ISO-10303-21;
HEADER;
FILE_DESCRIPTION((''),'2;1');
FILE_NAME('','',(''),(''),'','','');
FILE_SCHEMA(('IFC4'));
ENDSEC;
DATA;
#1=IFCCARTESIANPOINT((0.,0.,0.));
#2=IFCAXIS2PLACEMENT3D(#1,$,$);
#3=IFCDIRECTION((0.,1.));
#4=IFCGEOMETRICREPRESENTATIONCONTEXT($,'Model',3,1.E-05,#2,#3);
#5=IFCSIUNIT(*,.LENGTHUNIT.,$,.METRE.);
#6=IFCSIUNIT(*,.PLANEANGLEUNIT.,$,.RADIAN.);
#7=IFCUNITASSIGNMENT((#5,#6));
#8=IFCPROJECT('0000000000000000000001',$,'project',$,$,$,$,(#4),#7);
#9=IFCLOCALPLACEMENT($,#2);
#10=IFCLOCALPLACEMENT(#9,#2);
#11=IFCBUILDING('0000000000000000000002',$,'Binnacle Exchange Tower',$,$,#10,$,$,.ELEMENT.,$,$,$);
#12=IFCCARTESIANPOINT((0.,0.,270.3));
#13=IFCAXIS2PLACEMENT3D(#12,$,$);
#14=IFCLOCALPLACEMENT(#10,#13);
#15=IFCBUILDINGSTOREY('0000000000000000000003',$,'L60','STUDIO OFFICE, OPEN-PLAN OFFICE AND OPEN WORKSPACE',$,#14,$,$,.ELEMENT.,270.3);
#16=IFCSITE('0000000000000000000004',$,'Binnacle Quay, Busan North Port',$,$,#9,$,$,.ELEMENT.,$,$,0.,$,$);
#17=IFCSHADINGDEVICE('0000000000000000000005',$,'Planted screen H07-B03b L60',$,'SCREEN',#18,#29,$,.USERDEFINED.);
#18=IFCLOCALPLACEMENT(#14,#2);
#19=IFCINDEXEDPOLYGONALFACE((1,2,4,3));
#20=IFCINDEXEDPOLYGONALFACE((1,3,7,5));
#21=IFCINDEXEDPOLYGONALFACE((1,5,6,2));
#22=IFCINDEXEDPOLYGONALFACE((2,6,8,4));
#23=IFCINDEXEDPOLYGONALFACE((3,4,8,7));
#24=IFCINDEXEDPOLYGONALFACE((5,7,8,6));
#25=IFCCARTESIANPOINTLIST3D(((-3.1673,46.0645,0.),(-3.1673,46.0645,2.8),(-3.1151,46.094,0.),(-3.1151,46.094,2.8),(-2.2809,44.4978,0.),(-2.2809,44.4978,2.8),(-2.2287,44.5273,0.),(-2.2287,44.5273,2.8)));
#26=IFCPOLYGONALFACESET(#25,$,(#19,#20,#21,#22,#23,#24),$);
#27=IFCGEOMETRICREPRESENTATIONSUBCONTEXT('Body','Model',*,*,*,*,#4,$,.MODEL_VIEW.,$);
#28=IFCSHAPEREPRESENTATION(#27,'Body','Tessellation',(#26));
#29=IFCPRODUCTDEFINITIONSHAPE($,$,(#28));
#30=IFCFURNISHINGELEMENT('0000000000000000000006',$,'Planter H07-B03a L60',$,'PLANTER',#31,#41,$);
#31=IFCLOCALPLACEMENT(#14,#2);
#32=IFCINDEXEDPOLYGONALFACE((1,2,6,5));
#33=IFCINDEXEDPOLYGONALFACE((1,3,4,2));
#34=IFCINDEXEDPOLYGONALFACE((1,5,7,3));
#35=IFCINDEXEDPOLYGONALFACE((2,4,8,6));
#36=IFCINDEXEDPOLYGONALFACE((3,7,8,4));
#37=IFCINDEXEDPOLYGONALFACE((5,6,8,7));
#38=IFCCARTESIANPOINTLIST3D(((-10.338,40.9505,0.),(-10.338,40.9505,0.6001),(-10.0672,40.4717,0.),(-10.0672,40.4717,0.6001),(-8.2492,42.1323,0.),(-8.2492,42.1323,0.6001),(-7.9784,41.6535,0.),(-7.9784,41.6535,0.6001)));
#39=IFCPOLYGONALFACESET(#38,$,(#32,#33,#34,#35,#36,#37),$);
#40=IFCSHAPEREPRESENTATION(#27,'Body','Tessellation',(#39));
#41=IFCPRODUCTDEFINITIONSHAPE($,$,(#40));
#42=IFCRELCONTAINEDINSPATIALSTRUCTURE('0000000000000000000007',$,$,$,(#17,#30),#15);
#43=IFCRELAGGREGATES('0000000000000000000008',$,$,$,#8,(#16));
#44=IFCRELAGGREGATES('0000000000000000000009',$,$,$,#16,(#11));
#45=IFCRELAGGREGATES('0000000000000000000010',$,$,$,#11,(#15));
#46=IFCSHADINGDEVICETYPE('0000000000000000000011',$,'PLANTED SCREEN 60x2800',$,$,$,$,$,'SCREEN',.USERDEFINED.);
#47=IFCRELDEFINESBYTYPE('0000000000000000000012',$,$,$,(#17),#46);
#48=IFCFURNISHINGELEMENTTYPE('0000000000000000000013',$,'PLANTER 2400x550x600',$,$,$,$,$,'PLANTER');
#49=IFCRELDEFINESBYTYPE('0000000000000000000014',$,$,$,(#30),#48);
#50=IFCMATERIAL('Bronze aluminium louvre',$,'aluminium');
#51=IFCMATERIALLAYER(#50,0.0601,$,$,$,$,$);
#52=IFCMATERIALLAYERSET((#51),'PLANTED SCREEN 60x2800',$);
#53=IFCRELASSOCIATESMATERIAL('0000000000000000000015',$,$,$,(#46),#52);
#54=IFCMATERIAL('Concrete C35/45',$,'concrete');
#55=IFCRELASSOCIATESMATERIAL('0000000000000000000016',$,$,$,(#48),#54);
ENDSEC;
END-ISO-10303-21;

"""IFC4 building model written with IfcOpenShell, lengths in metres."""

from ifc_helpers import new_model, si_unit, direction, frame, origin, origin_2d, place, context, subcontext, project, spatial, rectangle, extrude, material, layer, layer_set, type_object, element, save


model = new_model("IFC4")

# Units and contexts
model_context = context("Model", 3, precision=1e-05, world=origin(), true_north=direction((0.0, 1.0)))
body_context = subcontext(model_context, "Body", "Model", "MODEL_VIEW")
ifc_project = project(units=[si_unit("LENGTHUNIT", "METRE"), si_unit("PLANEANGLEUNIT", "RADIAN")], contexts=[model_context])

# Site, building, storey
site_placement = place(None, origin())
site = spatial("IfcSite", under=ifc_project, at=site_placement, Name="Binnacle Quay, Busan North Port", CompositionType="ELEMENT", RefElevation=0.0)
building_placement = place(site_placement, origin())
building = spatial("IfcBuilding", under=site, at=building_placement, Name="Binnacle Exchange Tower", CompositionType="ELEMENT")
storey_placement = place(building_placement, frame((0.0, 0.0, 270.3)))
storey = spatial("IfcBuildingStorey", under=building, at=storey_placement, Name="L60", Description="STUDIO OFFICE, OPEN-PLAN OFFICE AND OPEN WORKSPACE", CompositionType="ELEMENT", Elevation=270.3)

# Shading device
ifc_material_1 = material(Name="Bronze aluminium louvre", Category="aluminium")
ifc_layer_1 = layer(ifc_material_1, 0.0601)
ifc_layer_set_1 = layer_set([ifc_layer_1], Name="PLANTED SCREEN 60x2800")
shading_device_type = type_object("IfcShadingDeviceType", Name="PLANTED SCREEN 60x2800", ElementType="SCREEN", PredefinedType="USERDEFINED", material=ifc_layer_set_1)
for number, where, z_axis, x_axis, name in (
    (1, (-2.698, 45.2959, 0.0), (0.0, 0.0, 1.0), (0.870356, 0.492424, 0.0), "Planted screen H07-B03b L60"),
):
    element("IfcShadingDevice", number, at=place(storey_placement, frame(where, z_axis=z_axis, x_axis=x_axis)), inside=storey, type_object=shading_device_type, Name=name, ObjectType="SCREEN", PredefinedType="USERDEFINED", context=body_context, shape_type="SweptSolid", body=[
        extrude(rectangle(XDim=0.0601, YDim=1.8, at=origin_2d()), origin(), (0.0, 0.0, 1.0), 2.8),
    ])

# Furnishing element
ifc_material_2 = material(Name="Concrete C35/45", Category="concrete")
furnishing_element_type = type_object("IfcFurnishingElementType", Name="PLANTER 2400x550x600", ElementType="PLANTER", material=ifc_material_2)
furnishing_placement = place(storey_placement, frame((-9.1582, 41.302, 0.0), z_axis=(0.0, 0.0, 1.0), x_axis=(0.870356, 0.492424, 0.0)))
element("IfcFurnishingElement", 2, at=furnishing_placement, inside=storey, type_object=furnishing_element_type, Name="Planter H07-B03a L60", ObjectType="PLANTER", context=body_context, shape_type="SweptSolid", body=[
    extrude(rectangle(XDim=2.3999, YDim=0.55, at=origin_2d()), origin(), (0.0, 0.0, 1.0), 0.6001),
])

save(model, "model.ifc")
